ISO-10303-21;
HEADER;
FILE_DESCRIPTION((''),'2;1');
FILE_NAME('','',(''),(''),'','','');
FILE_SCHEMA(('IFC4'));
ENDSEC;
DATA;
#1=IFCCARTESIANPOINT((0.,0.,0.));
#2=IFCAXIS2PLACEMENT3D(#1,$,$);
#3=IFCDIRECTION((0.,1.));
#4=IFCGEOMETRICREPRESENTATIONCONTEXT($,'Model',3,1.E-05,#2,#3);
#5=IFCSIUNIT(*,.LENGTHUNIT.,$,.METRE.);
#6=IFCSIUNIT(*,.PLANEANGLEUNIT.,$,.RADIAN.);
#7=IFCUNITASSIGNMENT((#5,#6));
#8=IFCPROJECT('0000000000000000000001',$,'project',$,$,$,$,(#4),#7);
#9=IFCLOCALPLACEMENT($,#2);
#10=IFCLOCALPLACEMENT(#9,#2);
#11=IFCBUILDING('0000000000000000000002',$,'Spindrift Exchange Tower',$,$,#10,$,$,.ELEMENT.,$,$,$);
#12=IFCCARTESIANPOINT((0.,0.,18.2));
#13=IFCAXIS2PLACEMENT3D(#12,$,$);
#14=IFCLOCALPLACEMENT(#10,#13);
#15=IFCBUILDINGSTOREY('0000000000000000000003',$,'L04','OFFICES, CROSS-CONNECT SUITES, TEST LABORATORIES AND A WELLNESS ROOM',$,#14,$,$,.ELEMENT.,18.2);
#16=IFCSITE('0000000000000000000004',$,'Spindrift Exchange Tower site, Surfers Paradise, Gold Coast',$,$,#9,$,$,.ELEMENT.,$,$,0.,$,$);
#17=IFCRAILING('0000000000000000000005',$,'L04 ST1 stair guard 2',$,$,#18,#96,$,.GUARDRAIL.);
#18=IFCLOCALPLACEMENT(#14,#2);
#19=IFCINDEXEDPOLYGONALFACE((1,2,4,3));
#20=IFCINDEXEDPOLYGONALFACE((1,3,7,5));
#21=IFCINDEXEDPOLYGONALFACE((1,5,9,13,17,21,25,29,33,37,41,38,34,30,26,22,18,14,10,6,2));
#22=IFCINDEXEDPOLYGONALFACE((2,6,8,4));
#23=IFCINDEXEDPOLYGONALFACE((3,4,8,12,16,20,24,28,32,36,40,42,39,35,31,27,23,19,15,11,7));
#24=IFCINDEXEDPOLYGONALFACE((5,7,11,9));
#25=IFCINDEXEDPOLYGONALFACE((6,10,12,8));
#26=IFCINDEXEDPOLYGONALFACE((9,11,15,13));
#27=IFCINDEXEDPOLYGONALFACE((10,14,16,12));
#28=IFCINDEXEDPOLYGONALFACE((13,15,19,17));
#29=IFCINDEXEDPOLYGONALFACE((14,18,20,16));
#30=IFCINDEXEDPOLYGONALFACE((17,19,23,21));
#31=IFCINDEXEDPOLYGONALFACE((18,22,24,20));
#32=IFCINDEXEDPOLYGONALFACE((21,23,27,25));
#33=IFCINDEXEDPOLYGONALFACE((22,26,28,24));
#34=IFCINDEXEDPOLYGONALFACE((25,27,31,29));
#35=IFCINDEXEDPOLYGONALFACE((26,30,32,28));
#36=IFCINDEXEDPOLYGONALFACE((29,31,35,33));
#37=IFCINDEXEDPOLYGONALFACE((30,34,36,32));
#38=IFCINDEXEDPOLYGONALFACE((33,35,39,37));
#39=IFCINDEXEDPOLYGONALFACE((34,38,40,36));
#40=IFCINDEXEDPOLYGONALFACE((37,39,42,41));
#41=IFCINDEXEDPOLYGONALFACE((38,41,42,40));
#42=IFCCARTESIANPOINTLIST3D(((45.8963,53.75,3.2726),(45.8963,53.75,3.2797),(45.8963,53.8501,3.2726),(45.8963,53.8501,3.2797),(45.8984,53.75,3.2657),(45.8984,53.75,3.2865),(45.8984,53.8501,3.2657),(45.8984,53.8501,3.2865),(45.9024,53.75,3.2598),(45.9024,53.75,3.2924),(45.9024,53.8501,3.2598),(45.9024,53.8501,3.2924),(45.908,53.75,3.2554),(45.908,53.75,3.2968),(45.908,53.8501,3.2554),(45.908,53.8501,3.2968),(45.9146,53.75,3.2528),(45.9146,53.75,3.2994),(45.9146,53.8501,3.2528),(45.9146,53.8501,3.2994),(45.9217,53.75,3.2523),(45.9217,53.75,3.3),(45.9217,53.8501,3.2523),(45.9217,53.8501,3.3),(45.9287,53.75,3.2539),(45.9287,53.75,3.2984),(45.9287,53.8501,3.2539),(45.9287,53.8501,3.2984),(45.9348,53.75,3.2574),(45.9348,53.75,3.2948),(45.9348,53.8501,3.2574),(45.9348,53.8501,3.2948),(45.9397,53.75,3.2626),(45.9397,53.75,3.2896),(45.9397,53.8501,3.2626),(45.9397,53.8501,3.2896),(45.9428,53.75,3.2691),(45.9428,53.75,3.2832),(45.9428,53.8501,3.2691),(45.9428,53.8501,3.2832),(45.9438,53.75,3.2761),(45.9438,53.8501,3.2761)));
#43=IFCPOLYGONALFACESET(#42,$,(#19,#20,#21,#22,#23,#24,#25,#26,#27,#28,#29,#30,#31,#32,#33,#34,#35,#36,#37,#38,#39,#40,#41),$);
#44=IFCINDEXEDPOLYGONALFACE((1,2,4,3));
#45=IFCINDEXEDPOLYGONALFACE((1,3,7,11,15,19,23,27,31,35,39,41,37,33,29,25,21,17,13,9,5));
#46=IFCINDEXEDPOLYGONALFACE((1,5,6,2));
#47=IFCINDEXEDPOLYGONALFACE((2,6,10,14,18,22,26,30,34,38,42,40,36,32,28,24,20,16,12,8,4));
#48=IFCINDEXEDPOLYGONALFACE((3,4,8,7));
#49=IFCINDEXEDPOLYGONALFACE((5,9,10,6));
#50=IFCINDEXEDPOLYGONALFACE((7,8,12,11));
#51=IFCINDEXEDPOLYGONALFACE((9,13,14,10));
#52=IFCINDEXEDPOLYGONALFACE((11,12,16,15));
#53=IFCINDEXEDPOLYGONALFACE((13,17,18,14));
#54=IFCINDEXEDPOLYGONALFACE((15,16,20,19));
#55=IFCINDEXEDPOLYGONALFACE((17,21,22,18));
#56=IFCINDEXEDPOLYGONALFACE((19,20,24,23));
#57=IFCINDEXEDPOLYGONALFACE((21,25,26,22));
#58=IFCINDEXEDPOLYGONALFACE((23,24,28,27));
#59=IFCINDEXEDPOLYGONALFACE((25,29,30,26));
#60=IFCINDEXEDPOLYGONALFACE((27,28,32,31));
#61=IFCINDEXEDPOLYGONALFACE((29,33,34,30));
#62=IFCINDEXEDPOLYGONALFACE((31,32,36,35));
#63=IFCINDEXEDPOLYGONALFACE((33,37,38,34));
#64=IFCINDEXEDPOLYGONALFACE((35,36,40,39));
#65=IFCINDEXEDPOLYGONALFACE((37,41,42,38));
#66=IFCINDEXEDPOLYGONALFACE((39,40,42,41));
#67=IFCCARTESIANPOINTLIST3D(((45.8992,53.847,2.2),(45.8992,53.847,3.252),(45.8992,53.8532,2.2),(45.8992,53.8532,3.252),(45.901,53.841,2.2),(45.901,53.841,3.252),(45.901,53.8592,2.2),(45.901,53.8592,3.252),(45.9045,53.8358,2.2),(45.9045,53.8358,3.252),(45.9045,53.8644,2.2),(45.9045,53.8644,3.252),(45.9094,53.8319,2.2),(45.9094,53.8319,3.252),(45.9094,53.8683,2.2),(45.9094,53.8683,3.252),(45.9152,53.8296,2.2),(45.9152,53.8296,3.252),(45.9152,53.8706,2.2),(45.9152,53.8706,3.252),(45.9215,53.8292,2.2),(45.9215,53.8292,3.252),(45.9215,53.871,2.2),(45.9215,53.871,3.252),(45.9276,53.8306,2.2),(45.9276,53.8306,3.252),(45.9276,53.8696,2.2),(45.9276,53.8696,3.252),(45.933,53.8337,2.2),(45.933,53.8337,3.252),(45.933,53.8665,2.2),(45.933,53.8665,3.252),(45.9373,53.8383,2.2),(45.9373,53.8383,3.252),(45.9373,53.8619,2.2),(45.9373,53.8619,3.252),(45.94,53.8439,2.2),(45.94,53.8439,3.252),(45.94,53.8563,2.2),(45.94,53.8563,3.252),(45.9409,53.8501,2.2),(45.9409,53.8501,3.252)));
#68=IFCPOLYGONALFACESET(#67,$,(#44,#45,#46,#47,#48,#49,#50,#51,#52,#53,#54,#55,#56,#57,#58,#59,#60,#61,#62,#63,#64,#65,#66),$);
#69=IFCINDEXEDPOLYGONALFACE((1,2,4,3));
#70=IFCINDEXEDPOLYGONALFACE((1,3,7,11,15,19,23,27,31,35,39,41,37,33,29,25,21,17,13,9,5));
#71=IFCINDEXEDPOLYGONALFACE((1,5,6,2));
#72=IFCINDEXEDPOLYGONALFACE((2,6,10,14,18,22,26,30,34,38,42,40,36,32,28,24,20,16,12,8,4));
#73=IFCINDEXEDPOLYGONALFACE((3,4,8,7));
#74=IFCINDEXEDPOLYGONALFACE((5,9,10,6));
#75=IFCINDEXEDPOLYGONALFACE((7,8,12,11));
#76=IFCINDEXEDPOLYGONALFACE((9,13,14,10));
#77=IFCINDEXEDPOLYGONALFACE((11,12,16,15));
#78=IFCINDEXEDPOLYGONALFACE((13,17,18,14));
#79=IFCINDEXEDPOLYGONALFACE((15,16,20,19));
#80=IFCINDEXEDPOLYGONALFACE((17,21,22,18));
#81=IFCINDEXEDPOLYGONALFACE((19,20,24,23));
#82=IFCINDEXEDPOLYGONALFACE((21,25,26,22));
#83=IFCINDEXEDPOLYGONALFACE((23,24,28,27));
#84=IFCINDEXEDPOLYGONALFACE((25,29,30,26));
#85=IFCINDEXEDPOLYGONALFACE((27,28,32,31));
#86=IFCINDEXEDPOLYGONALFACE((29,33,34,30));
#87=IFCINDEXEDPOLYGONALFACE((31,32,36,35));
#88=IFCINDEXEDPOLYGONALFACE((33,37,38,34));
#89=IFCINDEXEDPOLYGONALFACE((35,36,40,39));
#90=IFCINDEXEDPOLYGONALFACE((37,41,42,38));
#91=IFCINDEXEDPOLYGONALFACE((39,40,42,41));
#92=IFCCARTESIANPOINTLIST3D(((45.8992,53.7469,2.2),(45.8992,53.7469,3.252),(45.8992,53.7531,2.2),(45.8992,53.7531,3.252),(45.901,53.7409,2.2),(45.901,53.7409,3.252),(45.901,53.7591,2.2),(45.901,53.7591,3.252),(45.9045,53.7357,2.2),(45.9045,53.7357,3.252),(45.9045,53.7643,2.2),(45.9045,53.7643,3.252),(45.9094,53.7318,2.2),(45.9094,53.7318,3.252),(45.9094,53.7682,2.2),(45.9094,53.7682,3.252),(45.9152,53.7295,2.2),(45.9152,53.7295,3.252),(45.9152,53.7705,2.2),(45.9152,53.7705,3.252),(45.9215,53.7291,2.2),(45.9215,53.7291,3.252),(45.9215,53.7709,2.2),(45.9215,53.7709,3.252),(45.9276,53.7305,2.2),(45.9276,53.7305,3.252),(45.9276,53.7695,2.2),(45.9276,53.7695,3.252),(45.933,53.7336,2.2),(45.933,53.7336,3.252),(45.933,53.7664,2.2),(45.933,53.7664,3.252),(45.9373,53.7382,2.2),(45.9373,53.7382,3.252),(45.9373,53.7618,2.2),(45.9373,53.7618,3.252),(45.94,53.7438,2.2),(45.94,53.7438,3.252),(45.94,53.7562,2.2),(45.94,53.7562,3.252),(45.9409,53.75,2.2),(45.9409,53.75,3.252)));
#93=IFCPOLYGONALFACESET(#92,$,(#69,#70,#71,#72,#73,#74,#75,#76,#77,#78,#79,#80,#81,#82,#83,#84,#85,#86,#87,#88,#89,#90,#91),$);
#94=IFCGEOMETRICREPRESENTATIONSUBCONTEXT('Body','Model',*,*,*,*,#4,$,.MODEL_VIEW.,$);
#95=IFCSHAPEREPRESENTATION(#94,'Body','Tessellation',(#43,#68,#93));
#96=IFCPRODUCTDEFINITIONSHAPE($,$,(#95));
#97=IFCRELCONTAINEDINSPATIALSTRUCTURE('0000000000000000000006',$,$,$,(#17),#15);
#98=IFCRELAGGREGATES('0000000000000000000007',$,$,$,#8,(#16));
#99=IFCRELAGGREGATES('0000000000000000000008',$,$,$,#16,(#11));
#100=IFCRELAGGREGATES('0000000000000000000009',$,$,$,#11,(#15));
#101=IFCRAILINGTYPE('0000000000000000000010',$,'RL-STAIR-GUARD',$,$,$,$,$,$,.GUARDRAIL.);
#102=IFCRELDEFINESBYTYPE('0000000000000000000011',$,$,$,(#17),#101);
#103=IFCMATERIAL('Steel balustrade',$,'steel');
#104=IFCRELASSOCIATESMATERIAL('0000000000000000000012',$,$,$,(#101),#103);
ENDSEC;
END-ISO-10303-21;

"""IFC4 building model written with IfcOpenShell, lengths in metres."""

from ifc_helpers import new_model, si_unit, direction, frame, origin, origin_2d, place, context, subcontext, project, spatial, circle, extrude, material, type_object, element, save


model = new_model("IFC4")

# Units and contexts
model_context = context("Model", 3, precision=1e-05, world=origin(), true_north=direction((0.0, 1.0)))
body_context = subcontext(model_context, "Body", "Model", "MODEL_VIEW")
ifc_project = project(units=[si_unit("LENGTHUNIT", "METRE"), si_unit("PLANEANGLEUNIT", "RADIAN")], contexts=[model_context])

# Site, building, storey
site_placement = place(None, origin())
site = spatial("IfcSite", under=ifc_project, at=site_placement, Name="Spindrift Exchange Tower site, Surfers Paradise, Gold Coast", CompositionType="ELEMENT", RefElevation=0.0)
building_placement = place(site_placement, origin())
building = spatial("IfcBuilding", under=site, at=building_placement, Name="Spindrift Exchange Tower", CompositionType="ELEMENT")
storey_placement = place(building_placement, frame((0.0, 0.0, 18.2)))
storey = spatial("IfcBuildingStorey", under=building, at=storey_placement, Name="L04", Description="OFFICES, CROSS-CONNECT SUITES, TEST LABORATORIES AND A WELLNESS ROOM", CompositionType="ELEMENT", Elevation=18.2)

# Railing
ifc_material_1 = material(Name="Steel balustrade", Category="steel")
railing_type_1 = type_object("IfcRailingType", Name="RL-STAIR-GUARD", PredefinedType="GUARDRAIL", material=ifc_material_1)
railing_1_placement = place(storey_placement, frame((45.9199, 53.8501, 2.2)))
element("IfcRailing", 1, at=railing_1_placement, inside=storey, type_object=railing_type_1, Name="L04 ST1 stair guard 2", PredefinedType="GUARDRAIL", context=body_context, shape_type="SweptSolid", body=[
    extrude(circle(Radius=0.0239, at=origin_2d()), frame((0.0, 0.0, 1.0762), z_axis=(0.0, -1.0, 0.0), x_axis=(1.0, 0.0, 0.0)), (0.0, 0.0, 1.0), 0.1001),
    extrude(circle(Radius=0.021, at=origin_2d()), origin(), (0.0, 0.0, 1.0), 1.052),
    extrude(circle(Radius=0.021, at=origin_2d()), frame((0.0, -0.1001, 0.0)), (0.0, 0.0, 1.0), 1.052),
])

save(model, "model.ifc")
